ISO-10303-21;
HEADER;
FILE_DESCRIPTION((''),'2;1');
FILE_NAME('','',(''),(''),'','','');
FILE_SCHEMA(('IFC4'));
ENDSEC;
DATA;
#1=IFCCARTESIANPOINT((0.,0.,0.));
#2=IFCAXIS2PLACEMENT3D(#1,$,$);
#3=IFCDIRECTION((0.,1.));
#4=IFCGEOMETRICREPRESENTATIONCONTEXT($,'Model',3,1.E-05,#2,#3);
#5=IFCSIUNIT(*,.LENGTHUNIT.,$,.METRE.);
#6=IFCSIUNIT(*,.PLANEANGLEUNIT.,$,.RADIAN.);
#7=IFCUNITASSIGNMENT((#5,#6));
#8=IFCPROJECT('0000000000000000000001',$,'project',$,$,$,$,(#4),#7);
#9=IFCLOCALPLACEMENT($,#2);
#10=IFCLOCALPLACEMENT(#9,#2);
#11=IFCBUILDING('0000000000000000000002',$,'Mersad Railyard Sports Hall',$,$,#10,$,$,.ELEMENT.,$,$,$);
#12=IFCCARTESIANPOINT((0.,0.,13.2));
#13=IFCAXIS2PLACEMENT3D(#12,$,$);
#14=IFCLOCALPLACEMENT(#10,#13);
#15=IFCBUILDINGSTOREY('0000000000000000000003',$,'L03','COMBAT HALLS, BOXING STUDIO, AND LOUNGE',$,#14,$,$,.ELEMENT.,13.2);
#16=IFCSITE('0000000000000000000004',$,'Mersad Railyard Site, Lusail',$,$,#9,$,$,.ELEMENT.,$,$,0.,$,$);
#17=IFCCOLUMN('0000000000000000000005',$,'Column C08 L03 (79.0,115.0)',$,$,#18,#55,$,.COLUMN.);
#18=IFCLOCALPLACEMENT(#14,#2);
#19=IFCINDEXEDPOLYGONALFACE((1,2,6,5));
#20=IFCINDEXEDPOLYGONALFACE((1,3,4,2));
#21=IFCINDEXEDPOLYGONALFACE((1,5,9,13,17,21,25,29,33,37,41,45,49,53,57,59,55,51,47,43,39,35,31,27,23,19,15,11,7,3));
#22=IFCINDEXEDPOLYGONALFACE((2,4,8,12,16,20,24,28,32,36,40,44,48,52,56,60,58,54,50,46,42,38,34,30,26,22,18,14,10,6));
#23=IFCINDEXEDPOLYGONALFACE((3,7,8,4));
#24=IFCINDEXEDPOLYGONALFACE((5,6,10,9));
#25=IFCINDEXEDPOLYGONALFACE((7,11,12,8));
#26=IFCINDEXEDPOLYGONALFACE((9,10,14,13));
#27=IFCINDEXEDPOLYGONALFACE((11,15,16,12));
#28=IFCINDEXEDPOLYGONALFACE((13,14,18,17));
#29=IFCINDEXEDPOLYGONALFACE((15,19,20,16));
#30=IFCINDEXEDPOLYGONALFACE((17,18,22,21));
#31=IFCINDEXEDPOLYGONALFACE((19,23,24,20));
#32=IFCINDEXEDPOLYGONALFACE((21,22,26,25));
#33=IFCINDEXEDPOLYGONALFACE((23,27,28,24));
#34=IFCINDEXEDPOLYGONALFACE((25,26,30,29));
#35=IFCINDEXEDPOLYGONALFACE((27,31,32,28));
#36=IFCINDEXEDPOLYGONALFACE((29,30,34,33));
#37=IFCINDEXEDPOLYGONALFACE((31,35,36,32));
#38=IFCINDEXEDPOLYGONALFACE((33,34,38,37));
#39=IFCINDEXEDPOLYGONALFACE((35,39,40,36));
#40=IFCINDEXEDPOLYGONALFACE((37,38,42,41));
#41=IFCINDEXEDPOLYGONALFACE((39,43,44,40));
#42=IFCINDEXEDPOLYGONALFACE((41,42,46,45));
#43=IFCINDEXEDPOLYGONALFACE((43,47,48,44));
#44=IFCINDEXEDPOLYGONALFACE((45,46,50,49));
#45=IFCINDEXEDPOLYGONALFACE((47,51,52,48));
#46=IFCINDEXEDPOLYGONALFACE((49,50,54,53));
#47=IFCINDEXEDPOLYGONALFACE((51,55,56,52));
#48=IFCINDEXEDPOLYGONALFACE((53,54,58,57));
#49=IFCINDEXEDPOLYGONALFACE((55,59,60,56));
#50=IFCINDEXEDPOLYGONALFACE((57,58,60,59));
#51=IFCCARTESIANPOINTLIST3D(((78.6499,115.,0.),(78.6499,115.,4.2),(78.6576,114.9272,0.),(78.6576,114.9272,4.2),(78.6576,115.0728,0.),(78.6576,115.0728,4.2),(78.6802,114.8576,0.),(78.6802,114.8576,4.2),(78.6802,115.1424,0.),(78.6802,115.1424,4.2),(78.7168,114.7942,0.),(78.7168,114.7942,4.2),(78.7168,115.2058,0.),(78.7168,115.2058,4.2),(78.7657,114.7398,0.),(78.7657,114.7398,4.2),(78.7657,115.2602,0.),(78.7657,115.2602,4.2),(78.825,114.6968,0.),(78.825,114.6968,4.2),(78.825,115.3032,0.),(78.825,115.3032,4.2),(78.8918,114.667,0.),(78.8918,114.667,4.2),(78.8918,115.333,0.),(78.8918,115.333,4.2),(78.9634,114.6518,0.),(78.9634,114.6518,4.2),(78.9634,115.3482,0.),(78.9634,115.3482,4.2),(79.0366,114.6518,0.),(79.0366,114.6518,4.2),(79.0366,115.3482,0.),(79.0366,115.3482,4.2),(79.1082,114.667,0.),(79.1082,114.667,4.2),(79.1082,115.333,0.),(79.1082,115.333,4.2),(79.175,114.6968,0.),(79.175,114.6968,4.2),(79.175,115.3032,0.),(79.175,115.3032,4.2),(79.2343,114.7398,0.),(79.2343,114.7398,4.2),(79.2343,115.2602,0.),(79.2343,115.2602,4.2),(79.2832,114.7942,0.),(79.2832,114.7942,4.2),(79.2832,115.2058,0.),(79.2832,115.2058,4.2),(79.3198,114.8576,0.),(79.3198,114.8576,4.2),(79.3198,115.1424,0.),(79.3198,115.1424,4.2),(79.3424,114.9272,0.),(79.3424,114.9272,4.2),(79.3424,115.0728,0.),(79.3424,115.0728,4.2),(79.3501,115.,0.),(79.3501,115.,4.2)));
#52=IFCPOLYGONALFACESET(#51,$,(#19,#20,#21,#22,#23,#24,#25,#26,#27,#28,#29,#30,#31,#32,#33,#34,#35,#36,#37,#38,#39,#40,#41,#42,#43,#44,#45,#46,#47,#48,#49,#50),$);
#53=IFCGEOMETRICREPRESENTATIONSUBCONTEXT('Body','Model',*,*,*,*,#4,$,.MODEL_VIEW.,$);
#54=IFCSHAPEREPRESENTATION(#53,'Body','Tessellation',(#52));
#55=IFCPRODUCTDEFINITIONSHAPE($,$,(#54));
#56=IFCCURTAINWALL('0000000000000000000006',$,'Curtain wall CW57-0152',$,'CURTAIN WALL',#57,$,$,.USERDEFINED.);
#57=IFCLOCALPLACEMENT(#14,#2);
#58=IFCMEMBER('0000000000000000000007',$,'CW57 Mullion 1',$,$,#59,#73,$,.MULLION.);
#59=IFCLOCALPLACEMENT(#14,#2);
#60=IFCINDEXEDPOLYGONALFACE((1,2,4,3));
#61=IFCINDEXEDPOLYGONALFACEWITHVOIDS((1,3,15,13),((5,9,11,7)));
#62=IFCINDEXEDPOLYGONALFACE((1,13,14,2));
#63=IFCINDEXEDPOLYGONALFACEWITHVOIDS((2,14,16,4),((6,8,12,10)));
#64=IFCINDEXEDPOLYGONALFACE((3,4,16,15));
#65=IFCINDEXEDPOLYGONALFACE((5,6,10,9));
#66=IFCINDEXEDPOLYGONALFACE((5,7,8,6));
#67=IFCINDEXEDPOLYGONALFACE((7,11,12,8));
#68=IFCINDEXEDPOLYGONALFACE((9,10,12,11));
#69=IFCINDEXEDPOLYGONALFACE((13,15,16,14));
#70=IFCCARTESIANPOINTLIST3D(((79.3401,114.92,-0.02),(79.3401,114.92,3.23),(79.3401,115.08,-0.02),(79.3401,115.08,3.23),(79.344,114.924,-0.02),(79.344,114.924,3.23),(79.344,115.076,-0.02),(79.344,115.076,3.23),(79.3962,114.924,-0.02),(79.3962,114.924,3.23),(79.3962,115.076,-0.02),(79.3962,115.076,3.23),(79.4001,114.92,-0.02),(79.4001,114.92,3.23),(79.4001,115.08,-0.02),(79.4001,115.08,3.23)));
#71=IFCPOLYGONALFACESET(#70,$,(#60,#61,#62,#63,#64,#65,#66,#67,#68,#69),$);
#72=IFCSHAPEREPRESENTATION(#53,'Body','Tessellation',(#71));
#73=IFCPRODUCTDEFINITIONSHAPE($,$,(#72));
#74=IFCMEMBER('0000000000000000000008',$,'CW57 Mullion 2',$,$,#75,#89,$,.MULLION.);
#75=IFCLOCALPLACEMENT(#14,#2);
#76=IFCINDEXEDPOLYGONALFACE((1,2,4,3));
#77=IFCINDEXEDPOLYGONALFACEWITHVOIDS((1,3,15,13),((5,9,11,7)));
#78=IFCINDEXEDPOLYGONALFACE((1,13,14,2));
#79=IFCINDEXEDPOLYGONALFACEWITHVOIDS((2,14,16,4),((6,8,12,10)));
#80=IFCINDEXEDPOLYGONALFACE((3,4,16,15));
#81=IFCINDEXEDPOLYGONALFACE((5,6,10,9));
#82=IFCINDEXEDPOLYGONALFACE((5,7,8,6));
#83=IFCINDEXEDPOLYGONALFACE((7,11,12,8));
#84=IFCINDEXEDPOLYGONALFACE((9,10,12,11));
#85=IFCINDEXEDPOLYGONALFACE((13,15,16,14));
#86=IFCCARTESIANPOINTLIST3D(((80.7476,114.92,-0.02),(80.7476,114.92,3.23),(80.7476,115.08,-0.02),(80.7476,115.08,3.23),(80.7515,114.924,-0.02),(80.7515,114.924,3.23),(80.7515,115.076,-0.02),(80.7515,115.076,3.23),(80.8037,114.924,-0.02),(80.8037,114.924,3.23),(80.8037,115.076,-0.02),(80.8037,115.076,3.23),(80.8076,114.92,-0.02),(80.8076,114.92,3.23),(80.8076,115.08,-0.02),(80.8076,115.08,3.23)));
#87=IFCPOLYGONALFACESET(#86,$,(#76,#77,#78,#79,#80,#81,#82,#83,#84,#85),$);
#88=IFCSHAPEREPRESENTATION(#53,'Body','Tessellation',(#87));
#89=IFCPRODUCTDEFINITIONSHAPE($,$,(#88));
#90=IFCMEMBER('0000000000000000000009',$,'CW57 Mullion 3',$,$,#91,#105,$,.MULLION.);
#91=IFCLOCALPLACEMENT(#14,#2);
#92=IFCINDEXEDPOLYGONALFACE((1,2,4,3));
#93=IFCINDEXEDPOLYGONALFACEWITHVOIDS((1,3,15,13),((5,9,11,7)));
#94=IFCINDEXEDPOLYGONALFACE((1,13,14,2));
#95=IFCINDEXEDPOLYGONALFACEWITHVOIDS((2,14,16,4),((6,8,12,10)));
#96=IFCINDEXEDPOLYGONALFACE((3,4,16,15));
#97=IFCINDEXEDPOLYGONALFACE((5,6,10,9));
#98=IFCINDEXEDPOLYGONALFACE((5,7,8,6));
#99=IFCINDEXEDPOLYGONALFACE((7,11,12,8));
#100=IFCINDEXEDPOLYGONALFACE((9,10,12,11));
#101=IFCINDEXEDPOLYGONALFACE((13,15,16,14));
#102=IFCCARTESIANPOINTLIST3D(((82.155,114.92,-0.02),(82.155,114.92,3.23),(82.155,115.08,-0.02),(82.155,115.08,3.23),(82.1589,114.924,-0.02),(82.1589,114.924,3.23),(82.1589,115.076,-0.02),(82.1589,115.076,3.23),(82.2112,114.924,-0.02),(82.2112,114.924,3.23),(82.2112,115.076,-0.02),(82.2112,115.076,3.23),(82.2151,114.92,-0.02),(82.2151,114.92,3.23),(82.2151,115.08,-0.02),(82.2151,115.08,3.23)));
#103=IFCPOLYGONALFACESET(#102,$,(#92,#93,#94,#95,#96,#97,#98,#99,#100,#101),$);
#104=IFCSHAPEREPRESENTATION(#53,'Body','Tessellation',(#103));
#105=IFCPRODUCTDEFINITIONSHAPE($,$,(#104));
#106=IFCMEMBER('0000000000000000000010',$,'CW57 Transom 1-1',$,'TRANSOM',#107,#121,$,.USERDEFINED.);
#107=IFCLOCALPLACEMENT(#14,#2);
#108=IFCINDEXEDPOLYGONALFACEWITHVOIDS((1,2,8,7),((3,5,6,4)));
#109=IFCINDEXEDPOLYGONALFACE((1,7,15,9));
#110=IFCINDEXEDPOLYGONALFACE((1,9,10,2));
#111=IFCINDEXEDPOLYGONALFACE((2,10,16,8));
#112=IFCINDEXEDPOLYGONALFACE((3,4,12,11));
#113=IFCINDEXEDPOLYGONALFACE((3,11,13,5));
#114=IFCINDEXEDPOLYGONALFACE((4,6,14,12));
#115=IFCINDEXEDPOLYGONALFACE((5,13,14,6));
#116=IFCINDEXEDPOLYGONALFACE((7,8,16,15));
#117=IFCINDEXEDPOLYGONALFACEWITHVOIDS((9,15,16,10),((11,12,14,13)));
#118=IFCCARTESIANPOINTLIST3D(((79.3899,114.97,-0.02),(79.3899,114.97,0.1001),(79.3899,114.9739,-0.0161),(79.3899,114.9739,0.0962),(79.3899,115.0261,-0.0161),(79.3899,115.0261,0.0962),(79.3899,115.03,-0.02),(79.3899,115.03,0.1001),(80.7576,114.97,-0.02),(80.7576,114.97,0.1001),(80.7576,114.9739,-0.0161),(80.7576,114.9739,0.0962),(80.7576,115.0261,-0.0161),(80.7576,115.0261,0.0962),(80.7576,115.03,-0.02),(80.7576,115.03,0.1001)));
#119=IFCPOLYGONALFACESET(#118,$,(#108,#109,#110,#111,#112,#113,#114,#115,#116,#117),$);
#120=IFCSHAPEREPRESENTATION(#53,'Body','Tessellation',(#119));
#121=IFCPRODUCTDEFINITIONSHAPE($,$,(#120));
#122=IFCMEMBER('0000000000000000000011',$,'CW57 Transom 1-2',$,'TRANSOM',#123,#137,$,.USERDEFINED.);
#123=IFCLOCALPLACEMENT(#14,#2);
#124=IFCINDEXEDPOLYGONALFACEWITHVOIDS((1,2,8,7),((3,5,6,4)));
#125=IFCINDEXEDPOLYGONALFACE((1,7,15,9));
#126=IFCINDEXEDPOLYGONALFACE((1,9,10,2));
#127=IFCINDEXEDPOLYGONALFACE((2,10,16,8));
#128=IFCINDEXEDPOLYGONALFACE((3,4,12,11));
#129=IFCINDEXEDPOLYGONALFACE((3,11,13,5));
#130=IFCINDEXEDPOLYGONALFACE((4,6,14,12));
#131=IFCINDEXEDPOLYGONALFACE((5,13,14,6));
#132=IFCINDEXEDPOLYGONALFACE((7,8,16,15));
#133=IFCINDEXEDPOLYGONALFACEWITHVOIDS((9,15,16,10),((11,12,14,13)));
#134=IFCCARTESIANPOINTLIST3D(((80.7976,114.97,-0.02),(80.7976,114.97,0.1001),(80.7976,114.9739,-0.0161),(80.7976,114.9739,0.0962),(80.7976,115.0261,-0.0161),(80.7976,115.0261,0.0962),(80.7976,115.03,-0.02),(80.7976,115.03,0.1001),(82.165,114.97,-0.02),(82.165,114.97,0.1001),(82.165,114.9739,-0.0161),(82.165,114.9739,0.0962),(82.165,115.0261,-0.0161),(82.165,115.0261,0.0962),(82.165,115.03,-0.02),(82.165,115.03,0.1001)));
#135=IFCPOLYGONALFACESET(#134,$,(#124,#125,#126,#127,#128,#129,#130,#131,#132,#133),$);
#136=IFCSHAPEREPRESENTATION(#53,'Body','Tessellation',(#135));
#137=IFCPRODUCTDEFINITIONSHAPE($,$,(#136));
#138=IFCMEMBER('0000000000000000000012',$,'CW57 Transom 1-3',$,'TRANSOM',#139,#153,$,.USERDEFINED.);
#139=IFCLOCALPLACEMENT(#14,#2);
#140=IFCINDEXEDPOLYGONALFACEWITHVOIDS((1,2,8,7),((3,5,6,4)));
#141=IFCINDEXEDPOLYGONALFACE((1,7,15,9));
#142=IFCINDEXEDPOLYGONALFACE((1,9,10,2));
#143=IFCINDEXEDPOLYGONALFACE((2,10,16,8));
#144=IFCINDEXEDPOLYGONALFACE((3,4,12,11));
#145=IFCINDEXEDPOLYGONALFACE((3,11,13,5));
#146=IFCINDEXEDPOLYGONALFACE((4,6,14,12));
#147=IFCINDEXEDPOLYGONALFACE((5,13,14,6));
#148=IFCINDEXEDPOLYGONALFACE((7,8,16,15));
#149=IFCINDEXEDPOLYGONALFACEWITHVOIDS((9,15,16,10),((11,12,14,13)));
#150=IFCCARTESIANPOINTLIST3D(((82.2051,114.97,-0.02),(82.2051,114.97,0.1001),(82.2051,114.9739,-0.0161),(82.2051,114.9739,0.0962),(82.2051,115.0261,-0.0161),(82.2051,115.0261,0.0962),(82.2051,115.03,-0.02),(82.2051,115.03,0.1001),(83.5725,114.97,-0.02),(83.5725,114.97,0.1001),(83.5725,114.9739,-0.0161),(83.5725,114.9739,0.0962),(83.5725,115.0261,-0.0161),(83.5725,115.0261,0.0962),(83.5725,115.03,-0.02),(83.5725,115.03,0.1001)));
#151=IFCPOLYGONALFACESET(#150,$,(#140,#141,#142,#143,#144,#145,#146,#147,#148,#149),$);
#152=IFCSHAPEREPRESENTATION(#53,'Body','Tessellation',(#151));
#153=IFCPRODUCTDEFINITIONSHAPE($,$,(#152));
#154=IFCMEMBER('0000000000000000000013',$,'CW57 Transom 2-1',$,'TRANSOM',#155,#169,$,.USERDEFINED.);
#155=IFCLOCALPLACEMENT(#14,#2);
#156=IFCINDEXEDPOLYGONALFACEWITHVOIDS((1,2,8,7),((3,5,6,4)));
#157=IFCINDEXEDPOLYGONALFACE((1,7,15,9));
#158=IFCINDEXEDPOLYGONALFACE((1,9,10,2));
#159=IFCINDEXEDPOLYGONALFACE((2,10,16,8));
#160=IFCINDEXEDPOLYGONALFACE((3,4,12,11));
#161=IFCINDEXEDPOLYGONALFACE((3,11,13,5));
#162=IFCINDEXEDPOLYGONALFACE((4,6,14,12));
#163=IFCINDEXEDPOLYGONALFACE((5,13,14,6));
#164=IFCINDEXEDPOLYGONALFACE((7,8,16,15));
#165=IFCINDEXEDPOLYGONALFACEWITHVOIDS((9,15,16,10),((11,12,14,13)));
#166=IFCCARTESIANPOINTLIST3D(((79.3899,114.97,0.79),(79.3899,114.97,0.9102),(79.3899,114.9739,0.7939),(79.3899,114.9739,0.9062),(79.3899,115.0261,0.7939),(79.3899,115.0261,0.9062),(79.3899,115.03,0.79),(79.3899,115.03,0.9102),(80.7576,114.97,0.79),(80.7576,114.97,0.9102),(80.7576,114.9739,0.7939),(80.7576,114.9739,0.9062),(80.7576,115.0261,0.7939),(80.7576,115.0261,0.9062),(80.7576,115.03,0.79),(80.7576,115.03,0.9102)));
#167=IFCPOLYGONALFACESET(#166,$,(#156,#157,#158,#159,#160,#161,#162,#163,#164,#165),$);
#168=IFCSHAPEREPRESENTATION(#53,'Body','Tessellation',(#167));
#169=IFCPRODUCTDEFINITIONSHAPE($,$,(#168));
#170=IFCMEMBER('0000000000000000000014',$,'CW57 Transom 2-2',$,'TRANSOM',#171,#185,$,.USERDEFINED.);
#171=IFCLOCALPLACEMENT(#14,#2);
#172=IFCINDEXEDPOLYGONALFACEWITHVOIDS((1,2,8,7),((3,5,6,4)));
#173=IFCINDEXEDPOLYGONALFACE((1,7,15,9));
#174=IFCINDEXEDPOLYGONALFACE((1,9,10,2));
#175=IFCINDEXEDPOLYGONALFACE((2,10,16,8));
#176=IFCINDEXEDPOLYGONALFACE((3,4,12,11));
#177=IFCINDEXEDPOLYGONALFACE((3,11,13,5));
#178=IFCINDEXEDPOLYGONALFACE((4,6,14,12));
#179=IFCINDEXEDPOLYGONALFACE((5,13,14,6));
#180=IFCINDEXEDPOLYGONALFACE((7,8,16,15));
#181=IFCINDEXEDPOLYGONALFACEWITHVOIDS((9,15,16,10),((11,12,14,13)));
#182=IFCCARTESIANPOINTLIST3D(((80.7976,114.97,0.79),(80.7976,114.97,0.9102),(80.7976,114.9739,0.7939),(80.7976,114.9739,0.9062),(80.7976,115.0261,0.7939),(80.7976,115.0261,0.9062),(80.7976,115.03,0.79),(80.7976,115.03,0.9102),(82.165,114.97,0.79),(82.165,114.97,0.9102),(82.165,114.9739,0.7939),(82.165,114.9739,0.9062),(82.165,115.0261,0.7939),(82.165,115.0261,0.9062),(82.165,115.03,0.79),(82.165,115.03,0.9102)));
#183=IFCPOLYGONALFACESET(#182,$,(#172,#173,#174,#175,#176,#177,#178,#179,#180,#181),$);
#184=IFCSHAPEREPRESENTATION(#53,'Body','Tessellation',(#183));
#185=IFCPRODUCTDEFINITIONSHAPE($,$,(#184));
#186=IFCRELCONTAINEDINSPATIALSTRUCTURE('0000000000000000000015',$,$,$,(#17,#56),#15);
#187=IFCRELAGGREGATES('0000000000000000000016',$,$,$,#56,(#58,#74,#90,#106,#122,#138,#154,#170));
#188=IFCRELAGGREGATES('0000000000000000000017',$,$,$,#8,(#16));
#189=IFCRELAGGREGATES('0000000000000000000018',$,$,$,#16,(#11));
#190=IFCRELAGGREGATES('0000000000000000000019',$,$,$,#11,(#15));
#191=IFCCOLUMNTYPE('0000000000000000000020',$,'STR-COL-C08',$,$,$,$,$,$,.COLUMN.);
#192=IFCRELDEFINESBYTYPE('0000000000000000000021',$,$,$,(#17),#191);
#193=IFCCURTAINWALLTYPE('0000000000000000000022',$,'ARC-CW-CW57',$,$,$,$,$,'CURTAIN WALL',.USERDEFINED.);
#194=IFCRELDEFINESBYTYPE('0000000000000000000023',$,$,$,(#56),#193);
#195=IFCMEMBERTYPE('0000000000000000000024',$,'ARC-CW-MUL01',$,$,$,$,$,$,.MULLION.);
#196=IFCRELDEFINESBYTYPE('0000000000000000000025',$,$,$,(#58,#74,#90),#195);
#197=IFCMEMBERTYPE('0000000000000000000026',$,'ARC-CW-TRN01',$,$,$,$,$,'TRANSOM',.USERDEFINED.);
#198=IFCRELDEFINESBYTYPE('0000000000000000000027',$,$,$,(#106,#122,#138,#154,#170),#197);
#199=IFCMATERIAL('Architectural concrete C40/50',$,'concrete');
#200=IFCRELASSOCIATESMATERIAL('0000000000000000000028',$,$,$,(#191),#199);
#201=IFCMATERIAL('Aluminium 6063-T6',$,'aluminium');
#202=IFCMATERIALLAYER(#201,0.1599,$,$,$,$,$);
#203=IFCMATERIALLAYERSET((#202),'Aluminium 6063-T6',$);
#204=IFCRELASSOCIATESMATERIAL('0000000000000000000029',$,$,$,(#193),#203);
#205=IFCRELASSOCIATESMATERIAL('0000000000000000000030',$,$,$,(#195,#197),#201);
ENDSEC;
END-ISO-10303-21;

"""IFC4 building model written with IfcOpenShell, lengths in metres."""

from ifc_helpers import new_model, si_unit, direction, frame, origin, origin_2d, place, context, subcontext, project, spatial, hollow_rectangle, circle, extrude, material, layer, layer_set, material_profile, profile_set, type_object, element, aggregate, save


model = new_model("IFC4")

# Units and contexts
model_context = context("Model", 3, precision=1e-05, world=origin(), true_north=direction((0.0, 1.0)))
body_context = subcontext(model_context, "Body", "Model", "MODEL_VIEW")
ifc_project = project(units=[si_unit("LENGTHUNIT", "METRE"), si_unit("PLANEANGLEUNIT", "RADIAN")], contexts=[model_context])

# Site, building, storey
site_placement = place(None, origin())
site = spatial("IfcSite", under=ifc_project, at=site_placement, Name="Mersad Railyard Site, Lusail", CompositionType="ELEMENT", RefElevation=0.0)
building_placement = place(site_placement, origin())
building = spatial("IfcBuilding", under=site, at=building_placement, Name="Mersad Railyard Sports Hall", CompositionType="ELEMENT")
storey_placement = place(building_placement, frame((0.0, 0.0, 13.2)))
storey = spatial("IfcBuildingStorey", under=building, at=storey_placement, Name="L03", Description="COMBAT HALLS, BOXING STUDIO, AND LOUNGE", CompositionType="ELEMENT", Elevation=13.2)

# Column
ifc_material_1 = material(Name="Architectural concrete C40/50", Category="concrete")
ifc_material_profile_1 = material_profile(ifc_material_1, circle(Radius=0.3501, at=origin_2d()), Name="RC D700")
ifc_profile_set_1 = profile_set([ifc_material_profile_1], Name="Architectural concrete C40/50")
column_type = type_object("IfcColumnType", Name="STR-COL-C08", PredefinedType="COLUMN", material=ifc_profile_set_1)
column_placement = place(storey_placement, frame((79.0, 115.0, 0.0), z_axis=(0.0, 0.0, 1.0), x_axis=(1.0, 0.0, 0.0)))
element("IfcColumn", 1, at=column_placement, inside=storey, type_object=column_type, Name="Column C08 L03 (79.0,115.0)", PredefinedType="COLUMN", context=body_context, shape_type="SweptSolid", body=[
    extrude(circle(Radius=0.3501, at=origin_2d()), origin(), (0.0, 0.0, 1.0), 4.2),
])

# Curtain wall, members
ifc_material_2 = material(Name="Aluminium 6063-T6", Category="aluminium")
ifc_layer_1 = layer(ifc_material_2, 0.1599)
ifc_layer_set_1 = layer_set([ifc_layer_1], Name="Aluminium 6063-T6")
curtain_wall_type = type_object("IfcCurtainWallType", Name="ARC-CW-CW57", ElementType="CURTAIN WALL", PredefinedType="USERDEFINED", material=ifc_layer_set_1)
curtain_wall_placement = place(storey_placement, origin())
curtain_wall = element("IfcCurtainWall", 2, at=curtain_wall_placement, inside=storey, type_object=curtain_wall_type, Name="Curtain wall CW57-0152", ObjectType="CURTAIN WALL", PredefinedType="USERDEFINED")
ifc_material_profile_2 = material_profile(ifc_material_2, hollow_rectangle(XDim=0.0601, YDim=0.1599, WallThickness=0.0039, at=origin_2d()), Name="AL MULLION 60x160x4")
ifc_profile_set_2 = profile_set([ifc_material_profile_2], Name="Aluminium 6063-T6")
member_type_1 = type_object("IfcMemberType", Name="ARC-CW-MUL01", PredefinedType="MULLION", material=ifc_profile_set_2)
member_1_placement = place(storey_placement, frame((79.3701, 115.0, -0.02), z_axis=(0.0, 0.0, 1.0), x_axis=(1.0, 0.0, 0.0)))
member_1 = element("IfcMember", 3, at=member_1_placement, type_object=member_type_1, Name="CW57 Mullion 1", PredefinedType="MULLION", context=body_context, shape_type="SweptSolid", body=[
    extrude(hollow_rectangle(XDim=0.0601, YDim=0.1599, WallThickness=0.0039, at=origin_2d()), origin(), (0.0, 0.0, 1.0), 3.25),
])
member_2_placement = place(storey_placement, frame((80.7776, 115.0, -0.02), z_axis=(0.0, 0.0, 1.0), x_axis=(1.0, 0.0, 0.0)))
member_2 = element("IfcMember", 4, at=member_2_placement, type_object=member_type_1, Name="CW57 Mullion 2", PredefinedType="MULLION", context=body_context, shape_type="SweptSolid", body=[
    extrude(hollow_rectangle(XDim=0.0601, YDim=0.1599, WallThickness=0.0039, at=origin_2d()), origin(), (0.0, 0.0, 1.0), 3.25),
])
member_3_placement = place(storey_placement, frame((82.1851, 115.0, -0.02), z_axis=(0.0, 0.0, 1.0), x_axis=(1.0, 0.0, 0.0)))
member_3 = element("IfcMember", 5, at=member_3_placement, type_object=member_type_1, Name="CW57 Mullion 3", PredefinedType="MULLION", context=body_context, shape_type="SweptSolid", body=[
    extrude(hollow_rectangle(XDim=0.0601, YDim=0.1599, WallThickness=0.0039, at=origin_2d()), origin(), (0.0, 0.0, 1.0), 3.25),
])
ifc_material_profile_3 = material_profile(ifc_material_2, hollow_rectangle(XDim=0.0601, YDim=0.1201, WallThickness=0.0039, at=origin_2d()), Name="AL TRANSOM 60x120x4")
ifc_profile_set_3 = profile_set([ifc_material_profile_3], Name="Aluminium 6063-T6")
member_type_2 = type_object("IfcMemberType", Name="ARC-CW-TRN01", ElementType="TRANSOM", PredefinedType="USERDEFINED", material=ifc_profile_set_3)
member_4_placement = place(storey_placement, frame((79.3899, 115.0, 0.04), z_axis=(1.0, 0.0, 0.0), x_axis=(0.0, 1.0, 0.0)))
member_4 = element("IfcMember", 6, at=member_4_placement, type_object=member_type_2, Name="CW57 Transom 1-1", ObjectType="TRANSOM", PredefinedType="USERDEFINED", context=body_context, shape_type="SweptSolid", body=[
    extrude(hollow_rectangle(XDim=0.0601, YDim=0.1201, WallThickness=0.0039, at=origin_2d()), origin(), (0.0, 0.0, 1.0), 1.3677),
])
member_5_placement = place(storey_placement, frame((80.7976, 115.0, 0.04), z_axis=(1.0, 0.0, 0.0), x_axis=(0.0, 1.0, 0.0)))
member_5 = element("IfcMember", 7, at=member_5_placement, type_object=member_type_2, Name="CW57 Transom 1-2", ObjectType="TRANSOM", PredefinedType="USERDEFINED", context=body_context, shape_type="SweptSolid", body=[
    extrude(hollow_rectangle(XDim=0.0601, YDim=0.1201, WallThickness=0.0039, at=origin_2d()), origin(), (0.0, 0.0, 1.0), 1.3674),
])
member_6_placement = place(storey_placement, frame((82.2051, 115.0, 0.04), z_axis=(1.0, 0.0, 0.0), x_axis=(0.0, 1.0, 0.0)))
member_6 = element("IfcMember", 8, at=member_6_placement, type_object=member_type_2, Name="CW57 Transom 1-3", ObjectType="TRANSOM", PredefinedType="USERDEFINED", context=body_context, shape_type="SweptSolid", body=[
    extrude(hollow_rectangle(XDim=0.0601, YDim=0.1201, WallThickness=0.0039, at=origin_2d()), origin(), (0.0, 0.0, 1.0), 1.3674),
])
member_7_placement = place(storey_placement, frame((79.3899, 115.0, 0.8501), z_axis=(1.0, 0.0, 0.0), x_axis=(0.0, 1.0, 0.0)))
member_7 = element("IfcMember", 9, at=member_7_placement, type_object=member_type_2, Name="CW57 Transom 2-1", ObjectType="TRANSOM", PredefinedType="USERDEFINED", context=body_context, shape_type="SweptSolid", body=[
    extrude(hollow_rectangle(XDim=0.0601, YDim=0.1201, WallThickness=0.0039, at=origin_2d()), origin(), (0.0, 0.0, 1.0), 1.3677),
])
member_8_placement = place(storey_placement, frame((80.7976, 115.0, 0.8501), z_axis=(1.0, 0.0, 0.0), x_axis=(0.0, 1.0, 0.0)))
member_8 = element("IfcMember", 10, at=member_8_placement, type_object=member_type_2, Name="CW57 Transom 2-2", ObjectType="TRANSOM", PredefinedType="USERDEFINED", context=body_context, shape_type="SweptSolid", body=[
    extrude(hollow_rectangle(XDim=0.0601, YDim=0.1201, WallThickness=0.0039, at=origin_2d()), origin(), (0.0, 0.0, 1.0), 1.3674),
])

aggregate(curtain_wall, [member_1, member_2, member_3, member_4, member_5, member_6, member_7, member_8])

save(model, "model.ifc")
